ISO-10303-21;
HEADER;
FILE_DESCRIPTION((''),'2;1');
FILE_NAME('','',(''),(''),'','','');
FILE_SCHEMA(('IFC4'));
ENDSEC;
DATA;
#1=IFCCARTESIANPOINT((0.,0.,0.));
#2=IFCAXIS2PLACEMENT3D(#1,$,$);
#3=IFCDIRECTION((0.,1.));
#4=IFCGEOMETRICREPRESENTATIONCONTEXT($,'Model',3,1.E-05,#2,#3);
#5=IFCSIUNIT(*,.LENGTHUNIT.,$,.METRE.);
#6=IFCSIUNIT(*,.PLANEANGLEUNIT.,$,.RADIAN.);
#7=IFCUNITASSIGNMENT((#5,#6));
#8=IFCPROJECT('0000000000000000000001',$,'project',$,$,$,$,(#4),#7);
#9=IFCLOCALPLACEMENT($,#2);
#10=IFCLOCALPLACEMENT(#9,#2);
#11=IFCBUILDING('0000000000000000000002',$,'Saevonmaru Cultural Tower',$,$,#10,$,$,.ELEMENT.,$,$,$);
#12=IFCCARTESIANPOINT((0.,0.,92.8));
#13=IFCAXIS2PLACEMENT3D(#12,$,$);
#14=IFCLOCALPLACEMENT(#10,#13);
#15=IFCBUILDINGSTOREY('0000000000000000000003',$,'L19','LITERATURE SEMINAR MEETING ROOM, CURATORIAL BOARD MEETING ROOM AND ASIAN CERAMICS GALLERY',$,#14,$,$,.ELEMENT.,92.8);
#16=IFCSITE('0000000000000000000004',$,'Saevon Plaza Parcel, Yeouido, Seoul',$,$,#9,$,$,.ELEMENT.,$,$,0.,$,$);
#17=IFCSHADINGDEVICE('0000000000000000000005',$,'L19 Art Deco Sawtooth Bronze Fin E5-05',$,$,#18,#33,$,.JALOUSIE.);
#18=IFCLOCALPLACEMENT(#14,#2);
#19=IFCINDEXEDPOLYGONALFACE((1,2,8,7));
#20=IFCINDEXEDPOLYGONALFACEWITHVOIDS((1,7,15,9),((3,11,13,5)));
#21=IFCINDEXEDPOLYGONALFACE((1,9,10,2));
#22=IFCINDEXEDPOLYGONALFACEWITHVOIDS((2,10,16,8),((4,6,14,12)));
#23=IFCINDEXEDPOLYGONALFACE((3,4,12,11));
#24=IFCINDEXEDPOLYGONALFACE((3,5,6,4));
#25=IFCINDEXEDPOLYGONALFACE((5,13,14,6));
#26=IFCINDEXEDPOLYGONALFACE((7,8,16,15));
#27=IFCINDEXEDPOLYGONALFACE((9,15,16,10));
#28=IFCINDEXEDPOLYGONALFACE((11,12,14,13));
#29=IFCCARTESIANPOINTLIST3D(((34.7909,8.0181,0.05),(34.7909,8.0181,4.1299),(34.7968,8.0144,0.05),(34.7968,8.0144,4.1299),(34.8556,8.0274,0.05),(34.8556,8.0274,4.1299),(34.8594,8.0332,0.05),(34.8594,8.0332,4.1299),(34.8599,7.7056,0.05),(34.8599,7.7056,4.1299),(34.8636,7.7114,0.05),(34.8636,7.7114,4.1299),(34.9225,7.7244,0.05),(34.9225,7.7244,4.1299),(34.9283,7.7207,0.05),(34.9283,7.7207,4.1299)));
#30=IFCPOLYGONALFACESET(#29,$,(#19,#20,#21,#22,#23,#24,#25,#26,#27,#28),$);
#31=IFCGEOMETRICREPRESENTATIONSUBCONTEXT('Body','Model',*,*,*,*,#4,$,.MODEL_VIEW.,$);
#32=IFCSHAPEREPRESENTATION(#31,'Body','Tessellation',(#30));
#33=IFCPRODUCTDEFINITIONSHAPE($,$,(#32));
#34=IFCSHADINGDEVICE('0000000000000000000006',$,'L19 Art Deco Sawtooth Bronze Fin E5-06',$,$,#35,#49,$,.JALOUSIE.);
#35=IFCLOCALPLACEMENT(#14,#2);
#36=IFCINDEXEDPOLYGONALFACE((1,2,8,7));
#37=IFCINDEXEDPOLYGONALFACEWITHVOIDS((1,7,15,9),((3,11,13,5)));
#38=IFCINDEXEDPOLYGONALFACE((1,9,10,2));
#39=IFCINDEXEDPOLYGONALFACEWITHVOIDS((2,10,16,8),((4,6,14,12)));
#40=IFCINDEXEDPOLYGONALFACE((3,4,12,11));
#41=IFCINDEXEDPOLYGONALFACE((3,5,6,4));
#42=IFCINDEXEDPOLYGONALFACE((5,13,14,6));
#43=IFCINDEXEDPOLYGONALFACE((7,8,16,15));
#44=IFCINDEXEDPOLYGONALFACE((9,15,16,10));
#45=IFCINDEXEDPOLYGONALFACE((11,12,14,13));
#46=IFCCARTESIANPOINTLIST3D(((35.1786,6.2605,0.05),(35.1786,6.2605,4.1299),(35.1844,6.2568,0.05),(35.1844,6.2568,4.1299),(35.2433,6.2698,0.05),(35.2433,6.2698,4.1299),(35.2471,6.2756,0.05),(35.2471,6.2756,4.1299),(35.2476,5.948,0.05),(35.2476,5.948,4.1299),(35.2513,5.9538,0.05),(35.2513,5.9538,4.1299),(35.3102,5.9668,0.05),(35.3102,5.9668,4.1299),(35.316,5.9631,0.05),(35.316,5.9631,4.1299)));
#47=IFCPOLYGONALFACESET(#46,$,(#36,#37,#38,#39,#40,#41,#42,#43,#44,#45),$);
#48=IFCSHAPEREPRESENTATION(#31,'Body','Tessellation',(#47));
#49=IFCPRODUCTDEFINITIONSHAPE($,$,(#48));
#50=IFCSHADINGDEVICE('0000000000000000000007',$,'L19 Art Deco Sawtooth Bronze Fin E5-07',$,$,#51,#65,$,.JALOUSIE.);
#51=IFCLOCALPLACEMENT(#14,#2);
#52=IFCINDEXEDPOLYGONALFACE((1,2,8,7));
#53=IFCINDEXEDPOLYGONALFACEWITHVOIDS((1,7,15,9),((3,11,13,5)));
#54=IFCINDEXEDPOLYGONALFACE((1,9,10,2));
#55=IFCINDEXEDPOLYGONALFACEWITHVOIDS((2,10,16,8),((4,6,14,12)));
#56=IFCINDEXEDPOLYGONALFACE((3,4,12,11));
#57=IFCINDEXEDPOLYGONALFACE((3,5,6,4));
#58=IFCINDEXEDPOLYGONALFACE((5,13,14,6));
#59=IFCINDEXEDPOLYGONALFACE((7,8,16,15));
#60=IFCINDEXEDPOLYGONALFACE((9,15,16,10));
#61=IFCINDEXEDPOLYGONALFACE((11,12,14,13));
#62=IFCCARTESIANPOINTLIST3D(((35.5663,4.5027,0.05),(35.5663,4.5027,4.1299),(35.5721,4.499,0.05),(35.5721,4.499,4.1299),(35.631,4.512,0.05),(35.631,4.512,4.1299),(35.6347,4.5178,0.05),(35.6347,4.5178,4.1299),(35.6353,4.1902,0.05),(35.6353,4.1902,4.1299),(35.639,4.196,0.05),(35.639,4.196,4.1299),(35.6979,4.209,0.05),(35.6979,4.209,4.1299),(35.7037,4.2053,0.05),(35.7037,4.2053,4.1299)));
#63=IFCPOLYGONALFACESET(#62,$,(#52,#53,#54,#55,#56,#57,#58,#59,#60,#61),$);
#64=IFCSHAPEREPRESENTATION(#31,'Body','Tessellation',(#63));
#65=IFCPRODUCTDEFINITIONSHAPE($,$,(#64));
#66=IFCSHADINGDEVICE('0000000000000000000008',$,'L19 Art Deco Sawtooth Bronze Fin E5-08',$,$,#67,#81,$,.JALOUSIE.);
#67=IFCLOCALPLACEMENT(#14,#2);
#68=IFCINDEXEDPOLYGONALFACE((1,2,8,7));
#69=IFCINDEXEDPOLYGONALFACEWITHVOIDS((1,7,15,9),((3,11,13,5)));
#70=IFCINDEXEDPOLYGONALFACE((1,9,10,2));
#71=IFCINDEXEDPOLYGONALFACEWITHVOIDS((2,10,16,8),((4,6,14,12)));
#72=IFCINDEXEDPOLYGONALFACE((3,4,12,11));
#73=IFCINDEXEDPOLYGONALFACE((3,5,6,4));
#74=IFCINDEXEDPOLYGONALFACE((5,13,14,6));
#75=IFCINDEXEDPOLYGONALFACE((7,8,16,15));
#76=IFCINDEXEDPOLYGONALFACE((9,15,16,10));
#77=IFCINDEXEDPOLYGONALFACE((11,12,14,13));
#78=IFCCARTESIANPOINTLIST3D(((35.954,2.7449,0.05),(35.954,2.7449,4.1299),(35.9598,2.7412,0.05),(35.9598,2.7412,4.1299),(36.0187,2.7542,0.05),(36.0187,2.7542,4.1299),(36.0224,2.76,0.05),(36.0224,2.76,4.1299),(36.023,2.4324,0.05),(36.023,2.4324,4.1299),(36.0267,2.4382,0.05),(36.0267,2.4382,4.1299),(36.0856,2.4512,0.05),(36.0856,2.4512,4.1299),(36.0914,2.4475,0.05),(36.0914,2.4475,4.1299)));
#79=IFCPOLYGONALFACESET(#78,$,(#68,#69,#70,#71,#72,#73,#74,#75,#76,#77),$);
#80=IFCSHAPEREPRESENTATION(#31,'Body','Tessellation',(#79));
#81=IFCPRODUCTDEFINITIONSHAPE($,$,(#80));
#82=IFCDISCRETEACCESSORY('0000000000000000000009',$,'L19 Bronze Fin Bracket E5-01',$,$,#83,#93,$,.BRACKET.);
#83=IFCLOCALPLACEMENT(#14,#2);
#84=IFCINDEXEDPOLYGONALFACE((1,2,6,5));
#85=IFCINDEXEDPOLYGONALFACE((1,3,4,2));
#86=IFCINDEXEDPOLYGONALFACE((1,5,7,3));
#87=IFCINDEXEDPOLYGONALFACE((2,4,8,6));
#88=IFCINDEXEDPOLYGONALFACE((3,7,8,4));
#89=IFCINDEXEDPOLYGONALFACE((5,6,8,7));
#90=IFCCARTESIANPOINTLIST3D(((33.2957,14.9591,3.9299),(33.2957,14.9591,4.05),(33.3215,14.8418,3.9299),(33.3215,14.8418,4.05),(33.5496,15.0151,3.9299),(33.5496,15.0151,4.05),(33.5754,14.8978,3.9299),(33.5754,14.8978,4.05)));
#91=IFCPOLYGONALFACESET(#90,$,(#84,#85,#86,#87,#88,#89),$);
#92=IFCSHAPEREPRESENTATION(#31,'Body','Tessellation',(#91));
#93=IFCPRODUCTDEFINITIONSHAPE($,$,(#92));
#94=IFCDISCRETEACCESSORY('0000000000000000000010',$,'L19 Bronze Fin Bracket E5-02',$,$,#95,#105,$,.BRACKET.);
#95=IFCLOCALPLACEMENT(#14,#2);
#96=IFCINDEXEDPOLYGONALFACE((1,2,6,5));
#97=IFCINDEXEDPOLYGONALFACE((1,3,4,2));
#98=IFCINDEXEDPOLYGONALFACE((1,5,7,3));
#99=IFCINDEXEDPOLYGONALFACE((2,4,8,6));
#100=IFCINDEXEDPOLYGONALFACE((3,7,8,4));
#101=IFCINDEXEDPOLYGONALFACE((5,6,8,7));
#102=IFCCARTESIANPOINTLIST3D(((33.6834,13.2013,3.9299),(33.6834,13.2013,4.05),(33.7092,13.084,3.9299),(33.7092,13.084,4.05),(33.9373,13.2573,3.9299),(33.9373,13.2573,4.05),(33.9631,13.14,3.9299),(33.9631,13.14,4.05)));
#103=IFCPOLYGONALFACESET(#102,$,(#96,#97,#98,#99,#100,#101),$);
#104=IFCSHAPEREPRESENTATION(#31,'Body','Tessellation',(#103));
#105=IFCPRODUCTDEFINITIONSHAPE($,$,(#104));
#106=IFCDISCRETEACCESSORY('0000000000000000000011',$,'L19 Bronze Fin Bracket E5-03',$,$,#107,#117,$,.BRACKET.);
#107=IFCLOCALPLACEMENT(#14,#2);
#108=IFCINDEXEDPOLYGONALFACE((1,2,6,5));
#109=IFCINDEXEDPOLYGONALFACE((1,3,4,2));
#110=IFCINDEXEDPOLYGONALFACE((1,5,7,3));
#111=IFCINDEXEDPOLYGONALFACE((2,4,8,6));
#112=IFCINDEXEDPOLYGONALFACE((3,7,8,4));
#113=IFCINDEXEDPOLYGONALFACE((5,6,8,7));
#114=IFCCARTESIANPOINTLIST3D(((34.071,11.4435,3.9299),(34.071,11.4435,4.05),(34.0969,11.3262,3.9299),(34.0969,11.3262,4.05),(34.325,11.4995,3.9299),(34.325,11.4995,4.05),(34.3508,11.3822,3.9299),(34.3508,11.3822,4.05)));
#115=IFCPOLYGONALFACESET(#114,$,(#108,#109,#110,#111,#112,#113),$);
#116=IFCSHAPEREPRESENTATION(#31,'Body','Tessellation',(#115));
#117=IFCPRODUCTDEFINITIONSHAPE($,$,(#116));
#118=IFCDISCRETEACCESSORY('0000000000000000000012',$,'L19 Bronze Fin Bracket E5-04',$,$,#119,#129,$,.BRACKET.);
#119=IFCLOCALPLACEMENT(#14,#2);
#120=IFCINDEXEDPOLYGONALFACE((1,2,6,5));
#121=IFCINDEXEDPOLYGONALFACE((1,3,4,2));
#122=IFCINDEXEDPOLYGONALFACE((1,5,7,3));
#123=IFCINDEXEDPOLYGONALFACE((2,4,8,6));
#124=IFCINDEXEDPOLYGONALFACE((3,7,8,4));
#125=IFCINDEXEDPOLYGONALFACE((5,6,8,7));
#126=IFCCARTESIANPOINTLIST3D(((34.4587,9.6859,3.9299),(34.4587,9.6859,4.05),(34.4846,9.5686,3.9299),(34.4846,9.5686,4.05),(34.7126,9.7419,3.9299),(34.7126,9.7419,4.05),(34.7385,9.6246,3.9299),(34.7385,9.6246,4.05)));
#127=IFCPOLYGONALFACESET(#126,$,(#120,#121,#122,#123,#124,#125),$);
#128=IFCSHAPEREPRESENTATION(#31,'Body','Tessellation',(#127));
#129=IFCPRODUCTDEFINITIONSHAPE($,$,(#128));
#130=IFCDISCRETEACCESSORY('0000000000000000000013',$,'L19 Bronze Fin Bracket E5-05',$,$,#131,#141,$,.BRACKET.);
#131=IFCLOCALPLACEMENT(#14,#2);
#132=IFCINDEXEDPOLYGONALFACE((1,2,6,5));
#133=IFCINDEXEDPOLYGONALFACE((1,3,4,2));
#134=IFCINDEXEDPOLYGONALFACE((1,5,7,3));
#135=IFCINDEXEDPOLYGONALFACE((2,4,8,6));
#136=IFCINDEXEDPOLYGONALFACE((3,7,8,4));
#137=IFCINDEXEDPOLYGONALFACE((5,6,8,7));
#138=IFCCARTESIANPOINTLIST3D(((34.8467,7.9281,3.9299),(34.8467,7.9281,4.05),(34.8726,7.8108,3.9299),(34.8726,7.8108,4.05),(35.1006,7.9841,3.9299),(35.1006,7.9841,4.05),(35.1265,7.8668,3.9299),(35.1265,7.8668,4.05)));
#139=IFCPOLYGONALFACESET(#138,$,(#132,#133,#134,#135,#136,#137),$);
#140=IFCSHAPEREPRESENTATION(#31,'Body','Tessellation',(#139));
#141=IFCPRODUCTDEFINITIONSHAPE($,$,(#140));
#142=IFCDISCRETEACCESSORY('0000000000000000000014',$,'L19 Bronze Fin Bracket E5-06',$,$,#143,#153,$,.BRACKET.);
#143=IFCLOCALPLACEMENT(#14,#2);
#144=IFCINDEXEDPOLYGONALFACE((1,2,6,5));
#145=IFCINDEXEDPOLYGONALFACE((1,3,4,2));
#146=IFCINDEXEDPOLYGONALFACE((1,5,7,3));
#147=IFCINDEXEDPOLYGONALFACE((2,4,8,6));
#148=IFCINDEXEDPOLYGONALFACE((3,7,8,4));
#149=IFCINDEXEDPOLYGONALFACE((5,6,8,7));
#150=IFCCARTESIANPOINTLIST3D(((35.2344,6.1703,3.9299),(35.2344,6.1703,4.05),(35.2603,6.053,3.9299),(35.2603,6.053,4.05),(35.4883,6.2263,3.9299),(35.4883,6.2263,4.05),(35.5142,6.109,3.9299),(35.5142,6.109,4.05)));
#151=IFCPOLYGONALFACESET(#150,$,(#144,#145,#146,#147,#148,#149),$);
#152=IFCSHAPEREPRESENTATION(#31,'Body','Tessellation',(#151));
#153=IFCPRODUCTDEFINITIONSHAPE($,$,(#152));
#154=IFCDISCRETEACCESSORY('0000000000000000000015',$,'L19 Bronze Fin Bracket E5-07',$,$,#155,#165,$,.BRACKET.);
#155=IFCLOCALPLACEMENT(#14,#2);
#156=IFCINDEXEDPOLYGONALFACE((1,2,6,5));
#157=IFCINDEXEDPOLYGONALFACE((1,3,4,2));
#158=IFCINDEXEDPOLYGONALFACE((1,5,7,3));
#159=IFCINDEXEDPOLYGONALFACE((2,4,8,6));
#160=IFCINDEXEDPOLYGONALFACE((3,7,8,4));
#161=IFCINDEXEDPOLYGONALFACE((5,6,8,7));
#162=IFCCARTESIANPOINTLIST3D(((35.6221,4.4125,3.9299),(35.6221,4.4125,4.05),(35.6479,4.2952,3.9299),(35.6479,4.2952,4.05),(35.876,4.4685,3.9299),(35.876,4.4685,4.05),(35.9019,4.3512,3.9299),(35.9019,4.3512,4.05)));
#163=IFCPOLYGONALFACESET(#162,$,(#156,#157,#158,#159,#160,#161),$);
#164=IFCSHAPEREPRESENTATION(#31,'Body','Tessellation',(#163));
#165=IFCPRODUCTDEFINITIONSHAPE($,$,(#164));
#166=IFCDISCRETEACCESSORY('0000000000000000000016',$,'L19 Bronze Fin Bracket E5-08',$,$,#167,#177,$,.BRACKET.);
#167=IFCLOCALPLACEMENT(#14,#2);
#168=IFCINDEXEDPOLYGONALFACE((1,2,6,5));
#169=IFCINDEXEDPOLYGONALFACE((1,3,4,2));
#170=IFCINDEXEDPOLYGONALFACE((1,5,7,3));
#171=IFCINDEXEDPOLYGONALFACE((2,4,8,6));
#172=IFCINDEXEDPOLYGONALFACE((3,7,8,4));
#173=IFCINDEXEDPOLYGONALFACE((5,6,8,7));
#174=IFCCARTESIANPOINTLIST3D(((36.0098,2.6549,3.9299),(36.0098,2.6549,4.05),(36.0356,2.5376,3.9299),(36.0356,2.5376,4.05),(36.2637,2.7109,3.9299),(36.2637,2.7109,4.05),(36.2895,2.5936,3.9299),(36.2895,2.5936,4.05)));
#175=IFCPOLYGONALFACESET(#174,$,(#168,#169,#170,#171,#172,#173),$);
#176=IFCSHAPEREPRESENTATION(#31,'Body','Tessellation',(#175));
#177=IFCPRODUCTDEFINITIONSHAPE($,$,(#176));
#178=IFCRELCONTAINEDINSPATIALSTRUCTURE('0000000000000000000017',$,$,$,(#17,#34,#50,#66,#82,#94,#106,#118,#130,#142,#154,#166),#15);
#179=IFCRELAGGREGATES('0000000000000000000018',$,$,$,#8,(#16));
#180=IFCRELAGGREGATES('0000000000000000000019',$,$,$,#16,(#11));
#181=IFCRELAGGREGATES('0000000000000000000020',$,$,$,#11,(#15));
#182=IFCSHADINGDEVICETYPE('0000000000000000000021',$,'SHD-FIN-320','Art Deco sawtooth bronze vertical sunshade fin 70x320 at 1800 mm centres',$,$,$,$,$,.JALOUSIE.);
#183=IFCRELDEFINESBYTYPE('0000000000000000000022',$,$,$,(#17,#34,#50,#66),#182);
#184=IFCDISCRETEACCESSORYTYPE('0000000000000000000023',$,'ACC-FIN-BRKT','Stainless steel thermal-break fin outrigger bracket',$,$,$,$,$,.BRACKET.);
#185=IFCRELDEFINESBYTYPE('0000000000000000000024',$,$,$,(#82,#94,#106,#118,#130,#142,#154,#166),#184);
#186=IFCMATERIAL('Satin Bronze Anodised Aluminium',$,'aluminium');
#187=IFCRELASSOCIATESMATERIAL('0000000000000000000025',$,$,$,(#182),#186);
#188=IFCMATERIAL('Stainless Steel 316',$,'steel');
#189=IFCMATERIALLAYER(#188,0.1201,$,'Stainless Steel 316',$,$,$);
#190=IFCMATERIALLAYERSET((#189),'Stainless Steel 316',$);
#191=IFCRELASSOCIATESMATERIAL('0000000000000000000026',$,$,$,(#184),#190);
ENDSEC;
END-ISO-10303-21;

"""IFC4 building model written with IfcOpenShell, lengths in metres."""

from ifc_helpers import new_model, si_unit, direction, frame, origin, origin_2d, place, context, subcontext, project, spatial, rectangle, hollow_rectangle, extrude, material, layer, layer_set, material_profile, profile_set, type_object, element, save


model = new_model("IFC4")

# Units and contexts
model_context = context("Model", 3, precision=1e-05, world=origin(), true_north=direction((0.0, 1.0)))
body_context = subcontext(model_context, "Body", "Model", "MODEL_VIEW")
ifc_project = project(units=[si_unit("LENGTHUNIT", "METRE"), si_unit("PLANEANGLEUNIT", "RADIAN")], contexts=[model_context])

# Site, building, storey
site_placement = place(None, origin())
site = spatial("IfcSite", under=ifc_project, at=site_placement, Name="Saevon Plaza Parcel, Yeouido, Seoul", CompositionType="ELEMENT", RefElevation=0.0)
building_placement = place(site_placement, origin())
building = spatial("IfcBuilding", under=site, at=building_placement, Name="Saevonmaru Cultural Tower", CompositionType="ELEMENT")
storey_placement = place(building_placement, frame((0.0, 0.0, 92.8)))
storey = spatial("IfcBuildingStorey", under=building, at=storey_placement, Name="L19", Description="LITERATURE SEMINAR MEETING ROOM, CURATORIAL BOARD MEETING ROOM AND ASIAN CERAMICS GALLERY", CompositionType="ELEMENT", Elevation=92.8)

# Shared definitions
ifc_material_1 = material(Name="Satin Bronze Anodised Aluminium", Category="aluminium")

# Shading devices
ifc_material_profile_1 = material_profile(ifc_material_1, hollow_rectangle(XDim=0.0701, YDim=0.3201, WallThickness=0.0049, at=origin_2d()), Name="FIN-320x70")
ifc_profile_set_1 = profile_set([ifc_material_profile_1], Name="Satin Bronze Anodised Aluminium")
shading_device_type = type_object("IfcShadingDeviceType", Name="SHD-FIN-320", Description="Art Deco sawtooth bronze vertical sunshade fin 70x320 at 1800 mm centres", PredefinedType="JALOUSIE", material=ifc_profile_set_1)
for number, where, z_axis, x_axis, name in (
    (1, (34.8596, 7.8694, 0.05), (0.0, 0.0, 1.0), (-0.976522, -0.215417, 0.0), "L19 Art Deco Sawtooth Bronze Fin E5-05"),
    (2, (35.2473, 6.1118, 0.05), (0.0, 0.0, 1.0), (-0.976522, -0.215417, 0.0), "L19 Art Deco Sawtooth Bronze Fin E5-06"),
    (3, (35.635, 4.354, 0.05), (0.0, 0.0, 1.0), (-0.976522, -0.215417, 0.0), "L19 Art Deco Sawtooth Bronze Fin E5-07"),
    (4, (36.0227, 2.5962, 0.05), (0.0, 0.0, 1.0), (-0.976522, -0.215417, 0.0), "L19 Art Deco Sawtooth Bronze Fin E5-08"),
):
    element("IfcShadingDevice", number, at=place(storey_placement, frame(where, z_axis=z_axis, x_axis=x_axis)), inside=storey, type_object=shading_device_type, Name=name, PredefinedType="JALOUSIE", context=body_context, shape_type="SweptSolid", body=[
        extrude(hollow_rectangle(XDim=0.0701, YDim=0.3201, WallThickness=0.0049, at=origin_2d()), origin(), (0.0, 0.0, 1.0), 4.0798),
    ])

# Discrete accessories
ifc_material_2 = material(Name="Stainless Steel 316", Category="steel")
ifc_layer_1 = layer(ifc_material_2, 0.1201, Name="Stainless Steel 316")
ifc_layer_set_1 = layer_set([ifc_layer_1], Name="Stainless Steel 316")
discrete_accessory_type = type_object("IfcDiscreteAccessoryType", Name="ACC-FIN-BRKT", Description="Stainless steel thermal-break fin outrigger bracket", PredefinedType="BRACKET", material=ifc_layer_set_1)
for number, where, z_axis, x_axis, name in (
    (5, (33.4355, 14.9285, 3.9299), (0.0, 0.0, 1.0), (-0.976522, -0.215417, 0.0), "L19 Bronze Fin Bracket E5-01"),
    (6, (33.8232, 13.1707, 3.9299), (0.0, 0.0, 1.0), (-0.976522, -0.215417, 0.0), "L19 Bronze Fin Bracket E5-02"),
    (7, (34.2109, 11.4128, 3.9299), (0.0, 0.0, 1.0), (-0.976522, -0.215417, 0.0), "L19 Bronze Fin Bracket E5-03"),
    (8, (34.5986, 9.6553, 3.9299), (0.0, 0.0, 1.0), (-0.976522, -0.215417, 0.0), "L19 Bronze Fin Bracket E5-04"),
    (9, (34.9866, 7.8975, 3.9299), (0.0, 0.0, 1.0), (-0.976522, -0.215417, 0.0), "L19 Bronze Fin Bracket E5-05"),
    (10, (35.3743, 6.1396, 3.9299), (0.0, 0.0, 1.0), (-0.976522, -0.215417, 0.0), "L19 Bronze Fin Bracket E5-06"),
    (11, (35.762, 4.3818, 3.9299), (0.0, 0.0, 1.0), (-0.976522, -0.215417, 0.0), "L19 Bronze Fin Bracket E5-07"),
    (12, (36.1497, 2.6243, 3.9299), (0.0, 0.0, 1.0), (-0.976522, -0.215417, 0.0), "L19 Bronze Fin Bracket E5-08"),
):
    element("IfcDiscreteAccessory", number, at=place(storey_placement, frame(where, z_axis=z_axis, x_axis=x_axis)), inside=storey, type_object=discrete_accessory_type, Name=name, PredefinedType="BRACKET", context=body_context, shape_type="SweptSolid", body=[
        extrude(rectangle(XDim=0.26, YDim=0.1201, at=origin_2d()), origin(), (0.0, 0.0, 1.0), 0.1201),
    ])

save(model, "model.ifc")
